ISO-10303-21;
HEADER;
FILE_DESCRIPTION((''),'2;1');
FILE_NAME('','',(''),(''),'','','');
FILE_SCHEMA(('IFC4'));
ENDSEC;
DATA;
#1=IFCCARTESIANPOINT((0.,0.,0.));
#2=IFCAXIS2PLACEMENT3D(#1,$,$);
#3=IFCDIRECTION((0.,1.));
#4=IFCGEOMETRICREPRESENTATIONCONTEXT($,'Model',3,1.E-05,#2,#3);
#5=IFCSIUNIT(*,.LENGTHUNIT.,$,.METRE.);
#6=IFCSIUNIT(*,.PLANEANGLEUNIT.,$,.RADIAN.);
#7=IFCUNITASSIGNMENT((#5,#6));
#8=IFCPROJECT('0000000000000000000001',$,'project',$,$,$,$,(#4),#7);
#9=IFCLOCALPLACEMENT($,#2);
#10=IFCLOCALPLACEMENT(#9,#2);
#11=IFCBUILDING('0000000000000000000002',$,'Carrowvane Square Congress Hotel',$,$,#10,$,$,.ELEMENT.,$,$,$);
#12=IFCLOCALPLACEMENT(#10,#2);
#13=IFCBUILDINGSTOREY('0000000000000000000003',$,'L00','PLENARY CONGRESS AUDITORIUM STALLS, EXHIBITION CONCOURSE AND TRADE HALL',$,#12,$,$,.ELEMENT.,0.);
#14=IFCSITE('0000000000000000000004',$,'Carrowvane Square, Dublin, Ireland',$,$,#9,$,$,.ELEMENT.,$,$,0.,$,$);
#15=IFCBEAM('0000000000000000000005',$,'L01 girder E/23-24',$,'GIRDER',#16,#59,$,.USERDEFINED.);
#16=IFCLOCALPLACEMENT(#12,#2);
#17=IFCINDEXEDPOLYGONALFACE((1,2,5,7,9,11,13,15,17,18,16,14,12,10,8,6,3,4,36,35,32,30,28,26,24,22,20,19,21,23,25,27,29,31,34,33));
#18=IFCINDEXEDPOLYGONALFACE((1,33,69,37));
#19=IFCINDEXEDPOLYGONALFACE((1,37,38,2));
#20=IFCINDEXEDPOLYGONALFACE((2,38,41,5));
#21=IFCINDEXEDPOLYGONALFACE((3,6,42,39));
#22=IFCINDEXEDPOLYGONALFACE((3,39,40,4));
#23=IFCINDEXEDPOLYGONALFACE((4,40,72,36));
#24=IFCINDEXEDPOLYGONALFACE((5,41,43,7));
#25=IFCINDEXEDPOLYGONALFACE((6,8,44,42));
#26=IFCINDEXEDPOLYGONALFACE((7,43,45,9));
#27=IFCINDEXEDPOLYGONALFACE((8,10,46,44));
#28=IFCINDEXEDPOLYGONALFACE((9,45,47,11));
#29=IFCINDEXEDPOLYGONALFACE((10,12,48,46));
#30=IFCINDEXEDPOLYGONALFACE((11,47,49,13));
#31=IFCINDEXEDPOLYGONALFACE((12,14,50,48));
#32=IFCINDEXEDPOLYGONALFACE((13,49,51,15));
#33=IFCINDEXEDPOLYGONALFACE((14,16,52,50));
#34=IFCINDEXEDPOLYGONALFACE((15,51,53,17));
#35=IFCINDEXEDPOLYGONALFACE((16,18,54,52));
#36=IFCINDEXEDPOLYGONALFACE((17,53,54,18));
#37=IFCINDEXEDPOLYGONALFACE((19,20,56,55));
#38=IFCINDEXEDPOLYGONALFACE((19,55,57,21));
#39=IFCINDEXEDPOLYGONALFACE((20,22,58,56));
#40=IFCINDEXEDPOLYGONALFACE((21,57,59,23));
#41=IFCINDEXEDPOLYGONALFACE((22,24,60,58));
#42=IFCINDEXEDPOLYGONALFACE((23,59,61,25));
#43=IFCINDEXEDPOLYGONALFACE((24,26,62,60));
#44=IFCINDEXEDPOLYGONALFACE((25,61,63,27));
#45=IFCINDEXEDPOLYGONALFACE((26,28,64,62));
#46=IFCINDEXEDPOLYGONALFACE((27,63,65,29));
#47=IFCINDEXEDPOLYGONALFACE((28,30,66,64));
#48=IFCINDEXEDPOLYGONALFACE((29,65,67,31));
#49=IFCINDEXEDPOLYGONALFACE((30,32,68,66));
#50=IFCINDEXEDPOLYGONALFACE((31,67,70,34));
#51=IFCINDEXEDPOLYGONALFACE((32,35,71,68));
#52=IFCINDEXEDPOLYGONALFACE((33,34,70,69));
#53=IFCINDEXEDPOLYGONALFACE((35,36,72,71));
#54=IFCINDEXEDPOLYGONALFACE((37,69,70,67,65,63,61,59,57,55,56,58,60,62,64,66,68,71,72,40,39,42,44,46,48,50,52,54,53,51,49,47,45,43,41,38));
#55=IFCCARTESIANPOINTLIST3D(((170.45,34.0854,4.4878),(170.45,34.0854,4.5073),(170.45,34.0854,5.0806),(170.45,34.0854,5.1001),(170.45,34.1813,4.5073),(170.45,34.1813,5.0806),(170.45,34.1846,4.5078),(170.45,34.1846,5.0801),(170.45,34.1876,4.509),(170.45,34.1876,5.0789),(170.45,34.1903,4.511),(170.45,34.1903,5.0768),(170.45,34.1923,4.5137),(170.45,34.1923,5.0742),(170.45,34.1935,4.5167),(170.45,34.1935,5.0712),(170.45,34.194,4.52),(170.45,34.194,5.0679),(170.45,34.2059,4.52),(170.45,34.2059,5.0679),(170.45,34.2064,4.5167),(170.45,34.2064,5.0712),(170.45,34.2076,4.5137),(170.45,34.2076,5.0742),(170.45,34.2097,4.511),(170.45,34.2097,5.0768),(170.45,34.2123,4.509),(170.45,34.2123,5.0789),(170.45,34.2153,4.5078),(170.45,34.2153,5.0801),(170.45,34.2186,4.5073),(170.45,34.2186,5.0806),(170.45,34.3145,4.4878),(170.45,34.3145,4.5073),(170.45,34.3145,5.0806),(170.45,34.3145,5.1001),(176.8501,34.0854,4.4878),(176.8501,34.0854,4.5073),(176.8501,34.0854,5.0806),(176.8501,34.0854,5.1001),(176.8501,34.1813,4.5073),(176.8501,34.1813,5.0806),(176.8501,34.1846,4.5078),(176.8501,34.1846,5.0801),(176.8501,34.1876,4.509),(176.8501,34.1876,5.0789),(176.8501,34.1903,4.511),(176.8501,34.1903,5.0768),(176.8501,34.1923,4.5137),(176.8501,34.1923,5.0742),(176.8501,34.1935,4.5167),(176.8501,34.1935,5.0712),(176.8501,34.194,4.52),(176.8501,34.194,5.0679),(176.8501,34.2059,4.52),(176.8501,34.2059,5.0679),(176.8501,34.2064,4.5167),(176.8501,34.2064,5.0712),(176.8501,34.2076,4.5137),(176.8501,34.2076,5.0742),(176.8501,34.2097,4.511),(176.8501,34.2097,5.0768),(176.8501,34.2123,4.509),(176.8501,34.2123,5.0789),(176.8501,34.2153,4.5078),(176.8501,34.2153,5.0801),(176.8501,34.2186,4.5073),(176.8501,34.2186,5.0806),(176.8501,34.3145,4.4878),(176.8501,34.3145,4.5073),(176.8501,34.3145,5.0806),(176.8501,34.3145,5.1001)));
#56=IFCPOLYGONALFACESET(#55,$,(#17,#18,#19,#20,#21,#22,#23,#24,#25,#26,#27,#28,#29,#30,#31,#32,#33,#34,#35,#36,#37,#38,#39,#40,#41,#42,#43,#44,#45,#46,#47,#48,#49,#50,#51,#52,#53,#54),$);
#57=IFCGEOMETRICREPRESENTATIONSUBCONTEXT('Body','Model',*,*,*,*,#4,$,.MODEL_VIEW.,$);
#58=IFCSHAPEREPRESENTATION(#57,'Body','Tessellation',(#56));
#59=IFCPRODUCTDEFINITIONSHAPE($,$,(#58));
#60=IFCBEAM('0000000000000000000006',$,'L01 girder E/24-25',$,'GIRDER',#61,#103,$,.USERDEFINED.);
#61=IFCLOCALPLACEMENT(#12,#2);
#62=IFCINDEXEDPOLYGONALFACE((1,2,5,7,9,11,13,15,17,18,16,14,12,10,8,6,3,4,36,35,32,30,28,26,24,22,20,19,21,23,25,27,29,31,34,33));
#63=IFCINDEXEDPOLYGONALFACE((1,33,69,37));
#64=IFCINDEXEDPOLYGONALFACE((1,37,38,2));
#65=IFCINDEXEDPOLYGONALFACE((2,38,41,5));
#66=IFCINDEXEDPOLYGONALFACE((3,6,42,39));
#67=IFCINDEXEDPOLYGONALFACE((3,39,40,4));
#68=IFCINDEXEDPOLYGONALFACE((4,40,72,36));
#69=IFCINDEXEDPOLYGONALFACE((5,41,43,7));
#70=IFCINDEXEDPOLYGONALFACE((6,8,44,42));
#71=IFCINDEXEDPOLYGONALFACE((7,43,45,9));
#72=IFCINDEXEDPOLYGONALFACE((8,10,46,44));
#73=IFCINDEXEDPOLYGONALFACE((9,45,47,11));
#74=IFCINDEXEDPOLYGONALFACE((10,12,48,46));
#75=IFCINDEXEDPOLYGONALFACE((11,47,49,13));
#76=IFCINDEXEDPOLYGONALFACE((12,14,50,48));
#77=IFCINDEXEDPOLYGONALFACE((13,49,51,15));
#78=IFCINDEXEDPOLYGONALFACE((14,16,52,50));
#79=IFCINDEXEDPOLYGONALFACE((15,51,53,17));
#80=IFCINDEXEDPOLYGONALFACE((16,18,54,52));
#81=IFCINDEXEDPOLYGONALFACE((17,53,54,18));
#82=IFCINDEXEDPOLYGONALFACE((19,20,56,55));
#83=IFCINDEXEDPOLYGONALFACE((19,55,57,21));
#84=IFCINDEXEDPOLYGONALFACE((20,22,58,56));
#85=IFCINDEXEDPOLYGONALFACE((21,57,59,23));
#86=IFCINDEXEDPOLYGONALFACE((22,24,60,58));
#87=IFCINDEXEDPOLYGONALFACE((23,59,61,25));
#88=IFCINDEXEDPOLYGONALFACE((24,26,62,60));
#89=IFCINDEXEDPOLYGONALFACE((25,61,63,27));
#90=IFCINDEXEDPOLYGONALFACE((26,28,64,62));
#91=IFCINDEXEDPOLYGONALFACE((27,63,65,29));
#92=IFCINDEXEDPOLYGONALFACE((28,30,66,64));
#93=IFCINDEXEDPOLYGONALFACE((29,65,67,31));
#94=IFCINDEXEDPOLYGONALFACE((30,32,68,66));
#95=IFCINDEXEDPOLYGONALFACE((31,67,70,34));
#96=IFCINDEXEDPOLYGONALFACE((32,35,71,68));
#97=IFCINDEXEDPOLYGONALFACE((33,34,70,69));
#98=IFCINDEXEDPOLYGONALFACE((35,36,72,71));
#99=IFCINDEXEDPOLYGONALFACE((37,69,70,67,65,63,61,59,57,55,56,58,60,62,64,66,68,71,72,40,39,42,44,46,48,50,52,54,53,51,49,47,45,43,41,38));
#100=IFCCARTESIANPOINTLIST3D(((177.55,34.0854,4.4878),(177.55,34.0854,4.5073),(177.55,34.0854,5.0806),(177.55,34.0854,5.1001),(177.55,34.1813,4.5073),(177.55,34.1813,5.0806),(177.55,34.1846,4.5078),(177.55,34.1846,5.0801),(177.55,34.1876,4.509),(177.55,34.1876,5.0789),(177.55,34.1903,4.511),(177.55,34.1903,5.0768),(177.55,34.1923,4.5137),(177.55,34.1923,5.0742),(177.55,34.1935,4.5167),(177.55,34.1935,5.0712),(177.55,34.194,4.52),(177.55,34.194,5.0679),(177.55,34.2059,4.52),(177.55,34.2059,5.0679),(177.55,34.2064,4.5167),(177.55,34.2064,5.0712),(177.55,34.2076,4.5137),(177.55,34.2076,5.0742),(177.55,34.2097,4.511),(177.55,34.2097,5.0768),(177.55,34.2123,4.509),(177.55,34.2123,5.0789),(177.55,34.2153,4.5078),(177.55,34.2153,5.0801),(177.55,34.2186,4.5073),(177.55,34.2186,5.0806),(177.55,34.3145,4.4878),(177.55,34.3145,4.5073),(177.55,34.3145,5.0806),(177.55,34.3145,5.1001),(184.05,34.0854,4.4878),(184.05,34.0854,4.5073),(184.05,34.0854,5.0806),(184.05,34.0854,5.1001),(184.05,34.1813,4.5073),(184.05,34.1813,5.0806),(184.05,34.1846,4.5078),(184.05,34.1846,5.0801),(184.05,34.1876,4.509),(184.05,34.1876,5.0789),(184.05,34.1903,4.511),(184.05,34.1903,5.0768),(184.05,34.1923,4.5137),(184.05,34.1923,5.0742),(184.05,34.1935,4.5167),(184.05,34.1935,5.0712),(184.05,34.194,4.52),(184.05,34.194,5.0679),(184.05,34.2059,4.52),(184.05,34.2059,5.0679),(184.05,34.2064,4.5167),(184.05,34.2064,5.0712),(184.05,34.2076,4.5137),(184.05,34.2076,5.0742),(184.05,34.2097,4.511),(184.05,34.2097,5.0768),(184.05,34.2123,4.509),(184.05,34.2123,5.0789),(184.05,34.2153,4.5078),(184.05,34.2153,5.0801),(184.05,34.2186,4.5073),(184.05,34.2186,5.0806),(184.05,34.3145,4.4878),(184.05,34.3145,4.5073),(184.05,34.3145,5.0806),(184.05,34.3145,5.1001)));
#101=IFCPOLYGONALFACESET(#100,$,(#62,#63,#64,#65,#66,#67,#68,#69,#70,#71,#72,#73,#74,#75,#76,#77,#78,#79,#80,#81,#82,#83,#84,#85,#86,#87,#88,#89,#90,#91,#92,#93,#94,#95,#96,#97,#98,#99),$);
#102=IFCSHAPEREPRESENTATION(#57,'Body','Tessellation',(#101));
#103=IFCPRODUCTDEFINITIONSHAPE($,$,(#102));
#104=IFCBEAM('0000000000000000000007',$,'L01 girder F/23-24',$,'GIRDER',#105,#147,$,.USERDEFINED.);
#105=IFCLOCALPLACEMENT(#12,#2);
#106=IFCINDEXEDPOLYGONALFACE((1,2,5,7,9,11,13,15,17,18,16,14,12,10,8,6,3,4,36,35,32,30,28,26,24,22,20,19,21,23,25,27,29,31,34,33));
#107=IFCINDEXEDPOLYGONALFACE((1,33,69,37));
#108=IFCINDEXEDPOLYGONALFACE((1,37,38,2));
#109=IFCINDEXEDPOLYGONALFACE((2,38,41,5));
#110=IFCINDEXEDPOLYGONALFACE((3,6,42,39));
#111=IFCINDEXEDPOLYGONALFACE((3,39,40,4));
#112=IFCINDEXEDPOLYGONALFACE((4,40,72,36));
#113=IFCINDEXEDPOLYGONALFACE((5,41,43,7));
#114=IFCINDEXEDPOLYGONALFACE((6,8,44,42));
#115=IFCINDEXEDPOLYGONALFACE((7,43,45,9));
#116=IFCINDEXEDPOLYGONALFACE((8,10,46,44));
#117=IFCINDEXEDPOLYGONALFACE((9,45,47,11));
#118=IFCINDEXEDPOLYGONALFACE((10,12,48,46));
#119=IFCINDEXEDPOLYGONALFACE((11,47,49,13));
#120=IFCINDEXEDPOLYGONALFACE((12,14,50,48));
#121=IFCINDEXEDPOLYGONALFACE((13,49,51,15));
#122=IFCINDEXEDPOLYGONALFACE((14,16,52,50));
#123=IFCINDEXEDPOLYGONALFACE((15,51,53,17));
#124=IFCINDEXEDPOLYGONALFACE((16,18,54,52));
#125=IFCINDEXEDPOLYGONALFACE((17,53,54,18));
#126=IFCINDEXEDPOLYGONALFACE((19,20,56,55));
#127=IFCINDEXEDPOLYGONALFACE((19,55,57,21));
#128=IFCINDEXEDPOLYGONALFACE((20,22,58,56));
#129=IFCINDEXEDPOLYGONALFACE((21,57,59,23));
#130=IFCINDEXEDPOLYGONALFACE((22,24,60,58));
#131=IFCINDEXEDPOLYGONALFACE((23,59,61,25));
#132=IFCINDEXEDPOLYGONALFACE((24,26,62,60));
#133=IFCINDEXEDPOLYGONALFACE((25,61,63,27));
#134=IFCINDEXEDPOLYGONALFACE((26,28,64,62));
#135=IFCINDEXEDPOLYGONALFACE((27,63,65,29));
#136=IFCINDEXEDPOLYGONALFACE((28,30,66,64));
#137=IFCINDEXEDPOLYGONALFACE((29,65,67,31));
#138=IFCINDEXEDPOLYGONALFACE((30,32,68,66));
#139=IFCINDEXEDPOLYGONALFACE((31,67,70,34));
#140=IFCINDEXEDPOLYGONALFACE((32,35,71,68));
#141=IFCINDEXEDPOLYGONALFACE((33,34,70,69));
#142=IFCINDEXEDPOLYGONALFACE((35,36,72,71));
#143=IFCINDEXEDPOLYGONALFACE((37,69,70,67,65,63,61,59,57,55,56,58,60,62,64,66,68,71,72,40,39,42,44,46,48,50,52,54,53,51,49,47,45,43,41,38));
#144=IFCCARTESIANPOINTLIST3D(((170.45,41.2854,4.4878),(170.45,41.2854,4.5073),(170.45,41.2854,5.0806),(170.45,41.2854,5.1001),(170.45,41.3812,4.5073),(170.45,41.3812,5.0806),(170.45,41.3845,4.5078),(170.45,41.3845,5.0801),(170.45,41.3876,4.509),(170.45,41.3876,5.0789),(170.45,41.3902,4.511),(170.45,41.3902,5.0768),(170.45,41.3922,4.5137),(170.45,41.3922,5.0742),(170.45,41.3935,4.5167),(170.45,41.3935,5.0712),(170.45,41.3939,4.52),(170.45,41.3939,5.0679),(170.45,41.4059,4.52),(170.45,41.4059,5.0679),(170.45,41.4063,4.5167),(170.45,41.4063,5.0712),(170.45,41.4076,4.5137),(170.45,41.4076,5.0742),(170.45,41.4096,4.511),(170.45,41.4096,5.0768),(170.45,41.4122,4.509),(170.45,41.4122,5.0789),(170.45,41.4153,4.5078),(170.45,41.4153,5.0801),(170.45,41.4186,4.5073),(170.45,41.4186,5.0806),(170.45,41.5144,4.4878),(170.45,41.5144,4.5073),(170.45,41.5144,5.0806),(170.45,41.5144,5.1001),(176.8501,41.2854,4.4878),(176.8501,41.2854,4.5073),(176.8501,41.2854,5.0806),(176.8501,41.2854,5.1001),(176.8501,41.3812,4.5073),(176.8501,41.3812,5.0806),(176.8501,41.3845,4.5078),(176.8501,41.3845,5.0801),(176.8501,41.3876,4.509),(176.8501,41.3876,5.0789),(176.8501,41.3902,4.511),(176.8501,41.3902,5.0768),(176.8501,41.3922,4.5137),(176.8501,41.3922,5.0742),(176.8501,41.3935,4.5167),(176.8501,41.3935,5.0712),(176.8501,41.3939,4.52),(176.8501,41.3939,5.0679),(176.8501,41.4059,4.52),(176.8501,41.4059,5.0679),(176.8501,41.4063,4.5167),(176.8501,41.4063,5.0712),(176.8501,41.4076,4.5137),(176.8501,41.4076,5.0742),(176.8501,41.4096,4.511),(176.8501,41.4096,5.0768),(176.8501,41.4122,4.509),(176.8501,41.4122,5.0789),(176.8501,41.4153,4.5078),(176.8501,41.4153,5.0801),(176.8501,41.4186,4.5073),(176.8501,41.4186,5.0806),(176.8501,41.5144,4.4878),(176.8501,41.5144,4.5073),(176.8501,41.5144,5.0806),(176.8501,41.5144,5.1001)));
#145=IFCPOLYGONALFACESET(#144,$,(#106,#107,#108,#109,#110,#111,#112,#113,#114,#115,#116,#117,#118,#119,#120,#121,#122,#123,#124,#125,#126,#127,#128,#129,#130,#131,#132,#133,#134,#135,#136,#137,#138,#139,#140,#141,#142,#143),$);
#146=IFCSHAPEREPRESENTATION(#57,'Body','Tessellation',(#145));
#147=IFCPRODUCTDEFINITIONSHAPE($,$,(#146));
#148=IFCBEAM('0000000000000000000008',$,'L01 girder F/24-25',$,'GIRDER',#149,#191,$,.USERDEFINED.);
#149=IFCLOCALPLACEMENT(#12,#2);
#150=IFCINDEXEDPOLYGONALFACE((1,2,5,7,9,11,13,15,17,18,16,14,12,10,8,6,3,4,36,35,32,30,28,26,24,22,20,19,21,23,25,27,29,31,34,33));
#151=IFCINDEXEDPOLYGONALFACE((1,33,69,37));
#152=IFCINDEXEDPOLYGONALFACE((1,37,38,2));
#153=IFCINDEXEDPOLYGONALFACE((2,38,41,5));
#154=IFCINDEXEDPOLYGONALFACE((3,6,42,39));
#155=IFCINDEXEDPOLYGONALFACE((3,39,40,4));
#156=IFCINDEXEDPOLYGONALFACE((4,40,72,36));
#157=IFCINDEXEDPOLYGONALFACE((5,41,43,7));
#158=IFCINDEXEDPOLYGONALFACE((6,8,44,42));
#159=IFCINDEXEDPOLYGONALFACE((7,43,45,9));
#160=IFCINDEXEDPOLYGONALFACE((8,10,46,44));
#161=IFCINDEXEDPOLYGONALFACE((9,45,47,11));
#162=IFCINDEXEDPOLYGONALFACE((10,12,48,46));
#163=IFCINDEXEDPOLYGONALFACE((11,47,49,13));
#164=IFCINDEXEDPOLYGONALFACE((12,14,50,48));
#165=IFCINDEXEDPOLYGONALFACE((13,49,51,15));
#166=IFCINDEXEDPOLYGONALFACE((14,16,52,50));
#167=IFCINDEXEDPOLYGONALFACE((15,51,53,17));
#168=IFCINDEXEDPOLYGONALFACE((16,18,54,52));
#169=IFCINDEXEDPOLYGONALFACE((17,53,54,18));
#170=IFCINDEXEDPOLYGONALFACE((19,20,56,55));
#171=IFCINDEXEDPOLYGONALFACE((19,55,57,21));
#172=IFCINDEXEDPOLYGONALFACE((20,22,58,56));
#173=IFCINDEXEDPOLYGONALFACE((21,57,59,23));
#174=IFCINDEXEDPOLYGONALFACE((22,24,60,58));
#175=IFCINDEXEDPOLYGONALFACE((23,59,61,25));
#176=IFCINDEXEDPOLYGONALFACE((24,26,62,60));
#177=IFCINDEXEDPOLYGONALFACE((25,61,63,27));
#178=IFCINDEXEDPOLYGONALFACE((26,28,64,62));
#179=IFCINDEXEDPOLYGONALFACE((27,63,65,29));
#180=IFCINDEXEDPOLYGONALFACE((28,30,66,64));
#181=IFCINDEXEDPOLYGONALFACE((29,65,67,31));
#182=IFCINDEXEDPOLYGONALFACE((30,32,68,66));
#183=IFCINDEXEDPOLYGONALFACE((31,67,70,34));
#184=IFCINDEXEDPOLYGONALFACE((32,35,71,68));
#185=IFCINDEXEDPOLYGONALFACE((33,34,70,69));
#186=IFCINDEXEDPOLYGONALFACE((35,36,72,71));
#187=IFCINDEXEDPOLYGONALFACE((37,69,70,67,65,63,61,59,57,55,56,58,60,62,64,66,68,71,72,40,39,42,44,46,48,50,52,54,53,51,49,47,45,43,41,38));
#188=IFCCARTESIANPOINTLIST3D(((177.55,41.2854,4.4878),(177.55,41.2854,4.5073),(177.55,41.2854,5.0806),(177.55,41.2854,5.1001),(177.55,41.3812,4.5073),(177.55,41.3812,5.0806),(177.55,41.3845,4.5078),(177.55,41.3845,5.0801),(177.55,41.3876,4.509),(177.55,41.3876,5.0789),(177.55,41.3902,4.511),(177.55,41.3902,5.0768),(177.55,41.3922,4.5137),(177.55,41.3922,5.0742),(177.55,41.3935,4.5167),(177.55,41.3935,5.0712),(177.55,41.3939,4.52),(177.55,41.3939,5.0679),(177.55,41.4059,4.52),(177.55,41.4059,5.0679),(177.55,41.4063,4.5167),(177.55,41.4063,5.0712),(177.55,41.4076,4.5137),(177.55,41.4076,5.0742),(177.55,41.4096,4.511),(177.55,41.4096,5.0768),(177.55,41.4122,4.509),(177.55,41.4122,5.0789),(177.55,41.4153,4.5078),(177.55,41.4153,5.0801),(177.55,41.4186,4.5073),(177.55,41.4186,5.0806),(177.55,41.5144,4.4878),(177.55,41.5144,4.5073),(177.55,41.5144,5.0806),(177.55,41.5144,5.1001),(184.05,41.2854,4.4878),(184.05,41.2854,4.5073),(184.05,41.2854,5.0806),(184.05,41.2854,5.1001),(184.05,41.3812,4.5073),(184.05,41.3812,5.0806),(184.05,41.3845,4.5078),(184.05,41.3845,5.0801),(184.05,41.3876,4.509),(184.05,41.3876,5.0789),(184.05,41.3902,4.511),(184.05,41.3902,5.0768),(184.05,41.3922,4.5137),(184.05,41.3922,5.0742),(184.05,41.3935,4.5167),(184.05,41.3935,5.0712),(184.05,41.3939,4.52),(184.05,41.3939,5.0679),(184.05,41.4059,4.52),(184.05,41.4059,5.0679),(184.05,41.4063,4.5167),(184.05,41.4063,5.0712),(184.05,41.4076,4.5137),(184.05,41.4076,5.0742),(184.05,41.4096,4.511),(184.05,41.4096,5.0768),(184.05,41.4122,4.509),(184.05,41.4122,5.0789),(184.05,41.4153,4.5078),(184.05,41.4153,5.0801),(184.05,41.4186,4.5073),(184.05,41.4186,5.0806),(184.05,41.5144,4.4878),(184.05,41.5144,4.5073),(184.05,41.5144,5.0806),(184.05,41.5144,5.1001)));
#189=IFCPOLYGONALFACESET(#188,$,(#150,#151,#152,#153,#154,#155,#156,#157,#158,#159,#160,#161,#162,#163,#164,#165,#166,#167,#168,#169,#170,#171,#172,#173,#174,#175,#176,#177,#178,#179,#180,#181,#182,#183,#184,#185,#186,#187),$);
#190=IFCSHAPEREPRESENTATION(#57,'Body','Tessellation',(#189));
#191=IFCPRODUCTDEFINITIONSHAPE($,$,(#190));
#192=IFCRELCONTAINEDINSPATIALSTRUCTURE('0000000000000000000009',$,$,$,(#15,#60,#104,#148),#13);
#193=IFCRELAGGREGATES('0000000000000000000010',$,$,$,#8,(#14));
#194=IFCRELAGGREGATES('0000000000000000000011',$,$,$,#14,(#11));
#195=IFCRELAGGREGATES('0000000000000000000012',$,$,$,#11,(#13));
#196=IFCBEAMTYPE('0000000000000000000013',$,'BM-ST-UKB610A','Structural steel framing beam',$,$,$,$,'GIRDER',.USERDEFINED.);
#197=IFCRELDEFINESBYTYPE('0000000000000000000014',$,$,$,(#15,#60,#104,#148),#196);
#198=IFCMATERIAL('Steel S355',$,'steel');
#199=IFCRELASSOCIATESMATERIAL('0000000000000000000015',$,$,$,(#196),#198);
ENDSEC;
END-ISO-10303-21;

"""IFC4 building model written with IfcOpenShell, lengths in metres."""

from ifc_helpers import new_model, si_unit, direction, frame, origin, origin_2d, place, context, subcontext, project, spatial, i_section, extrude, material, material_profile, profile_set, type_object, element, save


model = new_model("IFC4")

# Units and contexts
model_context = context("Model", 3, precision=1e-05, world=origin(), true_north=direction((0.0, 1.0)))
body_context = subcontext(model_context, "Body", "Model", "MODEL_VIEW")
ifc_project = project(units=[si_unit("LENGTHUNIT", "METRE"), si_unit("PLANEANGLEUNIT", "RADIAN")], contexts=[model_context])

# Site, building, storey
site_placement = place(None, origin())
site = spatial("IfcSite", under=ifc_project, at=site_placement, Name="Carrowvane Square, Dublin, Ireland", CompositionType="ELEMENT", RefElevation=0.0)
building_placement = place(site_placement, origin())
building = spatial("IfcBuilding", under=site, at=building_placement, Name="Carrowvane Square Congress Hotel", CompositionType="ELEMENT")
storey_placement = place(building_placement, origin())
storey = spatial("IfcBuildingStorey", under=building, at=storey_placement, Name="L00", Description="PLENARY CONGRESS AUDITORIUM STALLS, EXHIBITION CONCOURSE AND TRADE HALL", CompositionType="ELEMENT", Elevation=0.0)

# Beams
ifc_material_1 = material(Name="Steel S355", Category="steel")
ifc_material_profile_1 = material_profile(ifc_material_1, i_section(OverallWidth=0.229, OverallDepth=0.6123, WebThickness=0.012, FlangeThickness=0.0195, FilletRadius=0.0127, at=origin_2d()), Name="UKB 610x229x125")
ifc_profile_set_1 = profile_set([ifc_material_profile_1], Name="Steel S355")
beam_type_1 = type_object("IfcBeamType", Name="BM-ST-UKB610A", Description="Structural steel framing beam", ElementType="GIRDER", PredefinedType="USERDEFINED", material=ifc_profile_set_1)
beam_1_placement = place(storey_placement, frame((170.45, 34.2, 4.7939), z_axis=(1.0, 0.0, 0.0), x_axis=(0.0, 1.0, 0.0)))
element("IfcBeam", 1, at=beam_1_placement, inside=storey, type_object=beam_type_1, Name="L01 girder E/23-24", ObjectType="GIRDER", PredefinedType="USERDEFINED", context=body_context, shape_type="SweptSolid", body=[
    extrude(i_section(OverallWidth=0.229, OverallDepth=0.6123, WebThickness=0.012, FlangeThickness=0.0195, FilletRadius=0.0127, at=origin_2d()), origin(), (0.0, 0.0, 1.0), 6.4001),
])
beam_2_placement = place(storey_placement, frame((177.55, 34.2, 4.7939), z_axis=(1.0, 0.0, 0.0), x_axis=(0.0, 1.0, 0.0)))
element("IfcBeam", 2, at=beam_2_placement, inside=storey, type_object=beam_type_1, Name="L01 girder E/24-25", ObjectType="GIRDER", PredefinedType="USERDEFINED", context=body_context, shape_type="SweptSolid", body=[
    extrude(i_section(OverallWidth=0.229, OverallDepth=0.6123, WebThickness=0.012, FlangeThickness=0.0195, FilletRadius=0.0127, at=origin_2d()), origin(), (0.0, 0.0, 1.0), 6.5),
])
beam_3_placement = place(storey_placement, frame((170.45, 41.3999, 4.7939), z_axis=(1.0, 0.0, 0.0), x_axis=(0.0, 1.0, 0.0)))
element("IfcBeam", 3, at=beam_3_placement, inside=storey, type_object=beam_type_1, Name="L01 girder F/23-24", ObjectType="GIRDER", PredefinedType="USERDEFINED", context=body_context, shape_type="SweptSolid", body=[
    extrude(i_section(OverallWidth=0.229, OverallDepth=0.6123, WebThickness=0.012, FlangeThickness=0.0195, FilletRadius=0.0127, at=origin_2d()), origin(), (0.0, 0.0, 1.0), 6.4001),
])
beam_4_placement = place(storey_placement, frame((177.55, 41.3999, 4.7939), z_axis=(1.0, 0.0, 0.0), x_axis=(0.0, 1.0, 0.0)))
element("IfcBeam", 4, at=beam_4_placement, inside=storey, type_object=beam_type_1, Name="L01 girder F/24-25", ObjectType="GIRDER", PredefinedType="USERDEFINED", context=body_context, shape_type="SweptSolid", body=[
    extrude(i_section(OverallWidth=0.229, OverallDepth=0.6123, WebThickness=0.012, FlangeThickness=0.0195, FilletRadius=0.0127, at=origin_2d()), origin(), (0.0, 0.0, 1.0), 6.5),
])

save(model, "model.ifc")
